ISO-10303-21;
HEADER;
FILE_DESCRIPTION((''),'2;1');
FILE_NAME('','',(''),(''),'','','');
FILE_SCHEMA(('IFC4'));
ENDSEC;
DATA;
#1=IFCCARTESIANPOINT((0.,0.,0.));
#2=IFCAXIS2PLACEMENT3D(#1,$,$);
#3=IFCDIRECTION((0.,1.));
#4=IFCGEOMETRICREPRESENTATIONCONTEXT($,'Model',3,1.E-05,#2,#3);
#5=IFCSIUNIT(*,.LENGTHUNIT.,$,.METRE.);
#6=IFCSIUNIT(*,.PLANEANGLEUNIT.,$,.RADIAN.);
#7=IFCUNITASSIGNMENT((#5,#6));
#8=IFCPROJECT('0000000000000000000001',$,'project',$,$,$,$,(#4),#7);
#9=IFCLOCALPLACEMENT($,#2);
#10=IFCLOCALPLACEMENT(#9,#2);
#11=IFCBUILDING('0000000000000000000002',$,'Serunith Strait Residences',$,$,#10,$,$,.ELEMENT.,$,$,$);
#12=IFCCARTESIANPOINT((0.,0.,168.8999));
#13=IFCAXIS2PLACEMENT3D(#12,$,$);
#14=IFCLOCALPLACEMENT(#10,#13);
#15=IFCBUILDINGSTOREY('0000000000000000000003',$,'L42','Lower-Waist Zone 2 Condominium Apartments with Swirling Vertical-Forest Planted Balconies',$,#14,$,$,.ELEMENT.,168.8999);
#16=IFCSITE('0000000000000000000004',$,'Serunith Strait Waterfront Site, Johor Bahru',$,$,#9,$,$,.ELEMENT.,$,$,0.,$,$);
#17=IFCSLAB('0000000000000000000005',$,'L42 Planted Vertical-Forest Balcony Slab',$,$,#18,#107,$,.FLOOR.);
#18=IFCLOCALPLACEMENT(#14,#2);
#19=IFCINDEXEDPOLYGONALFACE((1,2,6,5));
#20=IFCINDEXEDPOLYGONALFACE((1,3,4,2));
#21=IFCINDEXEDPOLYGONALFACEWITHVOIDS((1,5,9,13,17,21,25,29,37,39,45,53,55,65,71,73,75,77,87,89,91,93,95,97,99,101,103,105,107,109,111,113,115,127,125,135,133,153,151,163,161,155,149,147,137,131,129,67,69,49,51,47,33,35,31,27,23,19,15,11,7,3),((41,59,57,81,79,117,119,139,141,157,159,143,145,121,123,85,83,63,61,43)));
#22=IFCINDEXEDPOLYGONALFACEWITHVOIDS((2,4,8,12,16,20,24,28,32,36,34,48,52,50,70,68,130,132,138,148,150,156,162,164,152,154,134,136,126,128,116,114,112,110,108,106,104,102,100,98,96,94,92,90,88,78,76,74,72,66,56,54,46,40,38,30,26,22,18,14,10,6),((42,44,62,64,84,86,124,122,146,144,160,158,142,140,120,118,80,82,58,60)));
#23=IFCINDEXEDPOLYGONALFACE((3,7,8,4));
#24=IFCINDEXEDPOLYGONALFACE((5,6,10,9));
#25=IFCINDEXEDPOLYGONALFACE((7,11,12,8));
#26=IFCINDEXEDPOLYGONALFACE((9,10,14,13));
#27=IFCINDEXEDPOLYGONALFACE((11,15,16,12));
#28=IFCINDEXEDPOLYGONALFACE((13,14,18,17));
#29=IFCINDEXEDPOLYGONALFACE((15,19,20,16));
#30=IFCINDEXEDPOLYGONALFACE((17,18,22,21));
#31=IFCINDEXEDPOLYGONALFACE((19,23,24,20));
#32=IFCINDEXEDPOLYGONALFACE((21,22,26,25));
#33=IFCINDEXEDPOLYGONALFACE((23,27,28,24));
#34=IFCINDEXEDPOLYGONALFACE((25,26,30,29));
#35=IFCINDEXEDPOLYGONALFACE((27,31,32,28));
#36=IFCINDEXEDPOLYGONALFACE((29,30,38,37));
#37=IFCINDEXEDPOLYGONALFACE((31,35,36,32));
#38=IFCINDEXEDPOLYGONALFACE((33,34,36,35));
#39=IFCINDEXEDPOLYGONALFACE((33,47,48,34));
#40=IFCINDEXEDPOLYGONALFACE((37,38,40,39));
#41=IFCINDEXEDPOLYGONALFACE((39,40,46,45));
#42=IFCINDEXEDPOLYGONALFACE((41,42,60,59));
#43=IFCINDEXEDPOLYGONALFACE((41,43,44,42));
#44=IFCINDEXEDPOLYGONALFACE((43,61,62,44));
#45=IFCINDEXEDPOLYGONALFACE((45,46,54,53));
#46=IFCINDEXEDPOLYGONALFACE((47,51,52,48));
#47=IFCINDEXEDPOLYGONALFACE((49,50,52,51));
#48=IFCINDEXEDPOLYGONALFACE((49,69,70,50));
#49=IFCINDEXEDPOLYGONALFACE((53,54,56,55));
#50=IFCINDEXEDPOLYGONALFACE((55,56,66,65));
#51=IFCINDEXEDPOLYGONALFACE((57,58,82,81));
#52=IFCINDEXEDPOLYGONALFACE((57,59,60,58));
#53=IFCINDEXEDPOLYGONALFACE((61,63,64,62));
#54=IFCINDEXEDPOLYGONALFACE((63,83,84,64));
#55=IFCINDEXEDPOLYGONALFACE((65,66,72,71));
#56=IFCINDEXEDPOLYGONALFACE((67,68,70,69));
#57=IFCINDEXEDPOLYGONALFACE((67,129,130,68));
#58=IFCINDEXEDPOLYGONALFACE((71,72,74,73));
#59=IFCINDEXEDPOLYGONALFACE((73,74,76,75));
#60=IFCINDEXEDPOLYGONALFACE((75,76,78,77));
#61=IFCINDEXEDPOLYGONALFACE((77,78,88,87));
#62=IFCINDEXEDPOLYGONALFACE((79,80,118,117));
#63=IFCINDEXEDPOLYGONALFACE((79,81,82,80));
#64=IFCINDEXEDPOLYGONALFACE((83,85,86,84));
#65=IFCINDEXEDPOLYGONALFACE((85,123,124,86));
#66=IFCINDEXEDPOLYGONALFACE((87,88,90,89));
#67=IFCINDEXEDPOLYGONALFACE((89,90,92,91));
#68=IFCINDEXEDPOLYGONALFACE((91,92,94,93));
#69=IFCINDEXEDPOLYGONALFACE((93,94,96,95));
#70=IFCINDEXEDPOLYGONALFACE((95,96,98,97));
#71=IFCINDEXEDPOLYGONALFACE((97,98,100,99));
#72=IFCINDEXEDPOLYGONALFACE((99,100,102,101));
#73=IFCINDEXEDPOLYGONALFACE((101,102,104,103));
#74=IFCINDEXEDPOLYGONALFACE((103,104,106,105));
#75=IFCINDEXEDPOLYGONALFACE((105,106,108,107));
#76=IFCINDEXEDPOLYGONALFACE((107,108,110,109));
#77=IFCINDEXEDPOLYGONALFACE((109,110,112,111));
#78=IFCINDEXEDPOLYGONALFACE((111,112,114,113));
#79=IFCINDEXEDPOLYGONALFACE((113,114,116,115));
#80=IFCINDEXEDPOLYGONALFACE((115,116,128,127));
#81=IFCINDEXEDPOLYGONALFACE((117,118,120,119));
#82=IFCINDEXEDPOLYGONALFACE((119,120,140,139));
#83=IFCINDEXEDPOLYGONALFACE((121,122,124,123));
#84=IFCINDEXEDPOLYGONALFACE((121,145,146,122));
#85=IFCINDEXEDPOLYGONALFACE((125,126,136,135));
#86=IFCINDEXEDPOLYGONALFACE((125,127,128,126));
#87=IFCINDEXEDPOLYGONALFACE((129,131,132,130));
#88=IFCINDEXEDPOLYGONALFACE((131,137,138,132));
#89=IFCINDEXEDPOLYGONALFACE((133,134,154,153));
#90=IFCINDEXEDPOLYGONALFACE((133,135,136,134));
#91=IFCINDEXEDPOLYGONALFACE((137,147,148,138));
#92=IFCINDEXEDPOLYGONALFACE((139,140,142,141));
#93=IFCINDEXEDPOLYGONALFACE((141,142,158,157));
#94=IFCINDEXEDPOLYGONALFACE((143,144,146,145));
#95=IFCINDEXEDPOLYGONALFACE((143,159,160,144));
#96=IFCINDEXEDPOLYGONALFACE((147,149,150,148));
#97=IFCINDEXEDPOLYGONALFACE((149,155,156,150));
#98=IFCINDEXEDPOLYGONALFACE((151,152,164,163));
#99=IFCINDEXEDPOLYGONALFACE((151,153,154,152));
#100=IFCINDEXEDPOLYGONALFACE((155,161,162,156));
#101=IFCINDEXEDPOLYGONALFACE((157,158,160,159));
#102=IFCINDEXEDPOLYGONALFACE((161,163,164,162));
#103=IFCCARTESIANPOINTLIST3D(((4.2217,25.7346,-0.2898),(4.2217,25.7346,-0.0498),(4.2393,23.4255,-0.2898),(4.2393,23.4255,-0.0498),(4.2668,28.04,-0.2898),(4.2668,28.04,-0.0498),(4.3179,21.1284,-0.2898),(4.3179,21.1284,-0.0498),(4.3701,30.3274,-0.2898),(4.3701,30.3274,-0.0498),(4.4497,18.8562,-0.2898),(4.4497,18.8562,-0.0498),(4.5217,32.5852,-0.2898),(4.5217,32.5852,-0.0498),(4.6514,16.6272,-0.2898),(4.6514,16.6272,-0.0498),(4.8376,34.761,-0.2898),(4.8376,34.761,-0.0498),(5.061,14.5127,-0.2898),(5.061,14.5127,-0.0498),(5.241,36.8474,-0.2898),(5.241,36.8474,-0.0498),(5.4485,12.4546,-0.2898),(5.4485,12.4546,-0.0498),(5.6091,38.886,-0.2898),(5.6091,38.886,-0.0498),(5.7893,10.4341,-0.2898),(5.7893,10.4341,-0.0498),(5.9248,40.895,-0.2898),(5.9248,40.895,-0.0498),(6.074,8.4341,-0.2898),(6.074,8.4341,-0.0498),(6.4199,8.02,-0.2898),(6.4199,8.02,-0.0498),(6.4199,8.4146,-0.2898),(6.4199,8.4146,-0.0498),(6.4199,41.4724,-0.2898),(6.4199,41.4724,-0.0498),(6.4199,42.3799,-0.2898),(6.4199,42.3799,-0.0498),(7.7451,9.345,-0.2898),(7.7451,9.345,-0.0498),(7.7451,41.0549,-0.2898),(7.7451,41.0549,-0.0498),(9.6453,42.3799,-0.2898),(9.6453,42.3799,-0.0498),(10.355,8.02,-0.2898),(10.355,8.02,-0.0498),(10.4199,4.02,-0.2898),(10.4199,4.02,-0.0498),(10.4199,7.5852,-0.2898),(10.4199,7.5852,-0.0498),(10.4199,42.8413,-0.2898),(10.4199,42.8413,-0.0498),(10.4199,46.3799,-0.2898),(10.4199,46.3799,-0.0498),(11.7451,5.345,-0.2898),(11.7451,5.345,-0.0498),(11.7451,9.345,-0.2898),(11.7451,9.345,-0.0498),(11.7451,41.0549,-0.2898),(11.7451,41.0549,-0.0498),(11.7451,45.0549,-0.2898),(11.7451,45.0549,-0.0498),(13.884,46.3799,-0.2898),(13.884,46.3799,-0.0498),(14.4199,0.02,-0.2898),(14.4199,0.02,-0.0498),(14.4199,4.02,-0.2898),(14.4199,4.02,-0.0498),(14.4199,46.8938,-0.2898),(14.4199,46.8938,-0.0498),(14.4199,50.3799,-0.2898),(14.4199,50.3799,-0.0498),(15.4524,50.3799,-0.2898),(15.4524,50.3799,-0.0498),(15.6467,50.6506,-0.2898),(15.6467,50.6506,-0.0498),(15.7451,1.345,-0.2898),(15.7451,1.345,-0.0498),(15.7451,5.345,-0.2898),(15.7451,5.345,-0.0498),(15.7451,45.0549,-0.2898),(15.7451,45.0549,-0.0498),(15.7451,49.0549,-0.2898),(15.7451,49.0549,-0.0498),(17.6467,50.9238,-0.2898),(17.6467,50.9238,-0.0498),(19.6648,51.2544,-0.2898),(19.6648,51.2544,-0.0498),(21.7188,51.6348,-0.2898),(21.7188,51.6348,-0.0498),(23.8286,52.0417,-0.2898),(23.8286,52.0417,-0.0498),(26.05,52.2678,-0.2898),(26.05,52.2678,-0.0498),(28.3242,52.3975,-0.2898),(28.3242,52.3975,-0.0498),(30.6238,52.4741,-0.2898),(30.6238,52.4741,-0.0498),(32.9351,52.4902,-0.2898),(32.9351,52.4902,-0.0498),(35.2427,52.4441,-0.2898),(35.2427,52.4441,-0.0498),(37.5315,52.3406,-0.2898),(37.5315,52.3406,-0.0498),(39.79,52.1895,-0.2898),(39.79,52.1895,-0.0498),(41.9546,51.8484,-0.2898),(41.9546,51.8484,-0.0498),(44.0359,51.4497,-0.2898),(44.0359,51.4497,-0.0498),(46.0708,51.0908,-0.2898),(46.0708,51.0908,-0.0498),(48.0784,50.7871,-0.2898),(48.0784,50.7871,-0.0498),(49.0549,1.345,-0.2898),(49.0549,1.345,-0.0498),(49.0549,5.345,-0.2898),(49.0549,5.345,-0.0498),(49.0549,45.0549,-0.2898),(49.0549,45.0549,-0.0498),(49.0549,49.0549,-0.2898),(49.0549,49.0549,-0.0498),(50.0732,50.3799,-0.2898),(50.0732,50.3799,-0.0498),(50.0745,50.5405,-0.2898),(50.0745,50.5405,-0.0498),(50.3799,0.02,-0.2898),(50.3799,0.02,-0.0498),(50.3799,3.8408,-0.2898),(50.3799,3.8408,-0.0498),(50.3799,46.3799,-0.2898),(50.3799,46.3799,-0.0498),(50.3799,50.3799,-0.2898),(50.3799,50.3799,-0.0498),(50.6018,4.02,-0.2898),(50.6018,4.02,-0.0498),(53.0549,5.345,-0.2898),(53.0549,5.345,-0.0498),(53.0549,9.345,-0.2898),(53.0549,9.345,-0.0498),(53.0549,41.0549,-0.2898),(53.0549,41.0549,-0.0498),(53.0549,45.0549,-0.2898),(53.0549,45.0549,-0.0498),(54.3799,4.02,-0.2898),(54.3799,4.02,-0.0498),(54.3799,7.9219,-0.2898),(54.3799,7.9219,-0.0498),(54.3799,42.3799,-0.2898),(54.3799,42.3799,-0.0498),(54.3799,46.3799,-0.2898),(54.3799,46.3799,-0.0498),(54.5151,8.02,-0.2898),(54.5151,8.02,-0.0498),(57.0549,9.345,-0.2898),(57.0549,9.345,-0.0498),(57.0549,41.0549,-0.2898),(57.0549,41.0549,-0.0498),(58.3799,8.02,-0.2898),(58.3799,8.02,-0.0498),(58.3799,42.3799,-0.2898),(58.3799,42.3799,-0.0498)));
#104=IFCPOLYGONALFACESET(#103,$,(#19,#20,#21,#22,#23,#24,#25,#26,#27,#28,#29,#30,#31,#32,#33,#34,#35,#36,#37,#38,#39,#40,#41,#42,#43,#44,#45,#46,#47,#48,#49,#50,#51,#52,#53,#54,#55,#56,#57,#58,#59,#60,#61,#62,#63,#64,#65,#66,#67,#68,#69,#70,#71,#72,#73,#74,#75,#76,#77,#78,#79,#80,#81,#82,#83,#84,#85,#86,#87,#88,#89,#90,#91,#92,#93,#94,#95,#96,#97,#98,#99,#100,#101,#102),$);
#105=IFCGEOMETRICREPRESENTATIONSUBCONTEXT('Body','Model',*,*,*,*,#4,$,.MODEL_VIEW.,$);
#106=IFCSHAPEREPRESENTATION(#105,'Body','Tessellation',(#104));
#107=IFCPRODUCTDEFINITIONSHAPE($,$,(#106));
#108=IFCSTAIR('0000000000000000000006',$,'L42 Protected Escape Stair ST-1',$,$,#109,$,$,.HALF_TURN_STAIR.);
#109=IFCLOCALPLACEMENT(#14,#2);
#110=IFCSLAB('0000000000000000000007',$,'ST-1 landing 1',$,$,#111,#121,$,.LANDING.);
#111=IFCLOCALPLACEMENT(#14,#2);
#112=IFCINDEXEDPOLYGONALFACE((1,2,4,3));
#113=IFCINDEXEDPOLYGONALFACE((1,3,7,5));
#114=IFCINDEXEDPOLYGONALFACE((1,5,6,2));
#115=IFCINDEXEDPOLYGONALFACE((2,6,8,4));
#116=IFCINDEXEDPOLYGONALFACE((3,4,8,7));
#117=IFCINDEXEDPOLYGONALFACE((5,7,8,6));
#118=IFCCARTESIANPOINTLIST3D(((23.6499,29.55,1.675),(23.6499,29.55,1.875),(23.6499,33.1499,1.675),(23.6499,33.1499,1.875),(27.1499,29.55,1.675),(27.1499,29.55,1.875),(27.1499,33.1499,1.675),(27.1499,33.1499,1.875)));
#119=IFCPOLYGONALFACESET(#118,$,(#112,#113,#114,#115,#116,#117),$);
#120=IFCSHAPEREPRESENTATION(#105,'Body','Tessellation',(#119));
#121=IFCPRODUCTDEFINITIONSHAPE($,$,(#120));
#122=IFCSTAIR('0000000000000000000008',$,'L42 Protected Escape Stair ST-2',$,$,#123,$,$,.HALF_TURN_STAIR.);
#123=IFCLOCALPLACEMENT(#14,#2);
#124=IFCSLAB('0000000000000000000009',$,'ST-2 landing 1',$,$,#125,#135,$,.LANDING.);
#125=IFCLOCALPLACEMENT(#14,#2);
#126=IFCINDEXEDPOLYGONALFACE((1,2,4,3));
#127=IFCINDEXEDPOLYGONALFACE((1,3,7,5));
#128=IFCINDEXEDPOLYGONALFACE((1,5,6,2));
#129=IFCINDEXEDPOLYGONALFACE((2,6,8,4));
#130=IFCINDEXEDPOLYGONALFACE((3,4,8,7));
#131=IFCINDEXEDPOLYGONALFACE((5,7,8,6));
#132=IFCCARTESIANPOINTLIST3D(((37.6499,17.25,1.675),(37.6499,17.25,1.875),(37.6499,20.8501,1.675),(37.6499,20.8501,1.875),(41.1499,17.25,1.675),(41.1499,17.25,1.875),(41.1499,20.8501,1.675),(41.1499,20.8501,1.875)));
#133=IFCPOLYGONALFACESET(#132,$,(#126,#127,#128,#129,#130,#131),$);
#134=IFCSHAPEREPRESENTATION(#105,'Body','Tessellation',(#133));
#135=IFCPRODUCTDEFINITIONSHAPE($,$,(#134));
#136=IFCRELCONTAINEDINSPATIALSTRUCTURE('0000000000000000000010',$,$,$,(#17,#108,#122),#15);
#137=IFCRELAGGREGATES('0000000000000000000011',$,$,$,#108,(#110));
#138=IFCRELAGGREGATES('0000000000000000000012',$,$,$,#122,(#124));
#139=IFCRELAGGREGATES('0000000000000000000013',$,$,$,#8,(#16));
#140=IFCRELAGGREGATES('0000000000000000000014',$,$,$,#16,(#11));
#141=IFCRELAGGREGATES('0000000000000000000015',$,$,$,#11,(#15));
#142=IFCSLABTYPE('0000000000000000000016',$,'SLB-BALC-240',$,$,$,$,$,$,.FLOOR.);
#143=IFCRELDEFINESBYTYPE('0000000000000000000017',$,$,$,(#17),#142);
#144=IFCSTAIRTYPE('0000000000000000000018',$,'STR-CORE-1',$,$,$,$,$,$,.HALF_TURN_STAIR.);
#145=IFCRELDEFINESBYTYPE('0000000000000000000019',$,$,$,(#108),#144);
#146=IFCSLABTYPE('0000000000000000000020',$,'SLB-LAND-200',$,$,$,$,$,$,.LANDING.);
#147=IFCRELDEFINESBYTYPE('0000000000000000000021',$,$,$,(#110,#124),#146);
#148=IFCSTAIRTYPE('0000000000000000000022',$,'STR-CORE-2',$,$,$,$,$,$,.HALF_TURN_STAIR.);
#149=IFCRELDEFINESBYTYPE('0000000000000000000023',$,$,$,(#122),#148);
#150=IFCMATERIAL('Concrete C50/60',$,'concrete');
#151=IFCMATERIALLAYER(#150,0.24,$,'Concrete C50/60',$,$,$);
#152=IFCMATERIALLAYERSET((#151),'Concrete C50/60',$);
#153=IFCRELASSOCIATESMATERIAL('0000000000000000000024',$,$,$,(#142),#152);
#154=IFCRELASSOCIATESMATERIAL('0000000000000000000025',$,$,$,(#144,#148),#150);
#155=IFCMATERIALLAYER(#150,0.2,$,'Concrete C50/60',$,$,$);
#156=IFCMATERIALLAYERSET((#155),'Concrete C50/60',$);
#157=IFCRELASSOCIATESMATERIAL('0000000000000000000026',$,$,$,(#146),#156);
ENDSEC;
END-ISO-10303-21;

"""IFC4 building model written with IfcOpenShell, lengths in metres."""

from ifc_helpers import new_model, si_unit, direction, frame, origin, place, context, subcontext, project, spatial, polyline, outline, extrude, material, layer, layer_set, type_object, element, aggregate, save


model = new_model("IFC4")

# Units and contexts
model_context = context("Model", 3, precision=1e-05, world=origin(), true_north=direction((0.0, 1.0)))
body_context = subcontext(model_context, "Body", "Model", "MODEL_VIEW")
ifc_project = project(units=[si_unit("LENGTHUNIT", "METRE"), si_unit("PLANEANGLEUNIT", "RADIAN")], contexts=[model_context])

# Site, building, storey
site_placement = place(None, origin())
site = spatial("IfcSite", under=ifc_project, at=site_placement, Name="Serunith Strait Waterfront Site, Johor Bahru", CompositionType="ELEMENT", RefElevation=0.0)
building_placement = place(site_placement, origin())
building = spatial("IfcBuilding", under=site, at=building_placement, Name="Serunith Strait Residences", CompositionType="ELEMENT")
storey_placement = place(building_placement, frame((0.0, 0.0, 168.8999)))
storey = spatial("IfcBuildingStorey", under=building, at=storey_placement, Name="L42", Description="Lower-Waist Zone 2 Condominium Apartments with Swirling Vertical-Forest Planted Balconies", CompositionType="ELEMENT", Elevation=168.8999)

# Slab
ifc_material_1 = material(Name="Concrete C50/60", Category="concrete")
ifc_layer_1 = layer(ifc_material_1, 0.24, Name="Concrete C50/60")
ifc_layer_set_1 = layer_set([ifc_layer_1], Name="Concrete C50/60")
slab_type_1 = type_object("IfcSlabType", Name="SLB-BALC-240", PredefinedType="FLOOR", material=ifc_layer_set_1)
slab_1_placement = place(storey_placement, frame((0.0, 0.0, -0.2898)))
element("IfcSlab", 1, at=slab_1_placement, inside=storey, type_object=slab_type_1, Name="L42 Planted Vertical-Forest Balcony Slab", PredefinedType="FLOOR", context=body_context, shape_type="SweptSolid", body=[
    extrude(outline(polyline([(6.4199, 8.02), (6.4199, 8.4146), (6.074, 8.4341), (5.7893, 10.4341), (5.4485, 12.4546), (5.061, 14.5127), (4.6514, 16.6272), (4.4497, 18.8562), (4.3179, 21.1284), (4.2393, 23.4255), (4.2217, 25.7346), (4.2668, 28.04), (4.3701, 30.3274), (4.5217, 32.5852), (4.8376, 34.761), (5.241, 36.8474), (5.6091, 38.886), (5.9248, 40.895), (6.4199, 41.4724), (6.4199, 42.3799), (9.6453, 42.3799), (10.4199, 42.8413), (10.4199, 46.3799), (13.884, 46.3799), (14.4199, 46.8938), (14.4199, 50.3799), (15.4524, 50.3799), (15.6467, 50.6506), (17.6467, 50.9238), (19.6648, 51.2544), (21.7188, 51.6348), (23.8286, 52.0417), (26.05, 52.2678), (28.3242, 52.3975), (30.6238, 52.4741), (32.9351, 52.4902), (35.2427, 52.4441), (37.5315, 52.3406), (39.79, 52.1895), (41.9546, 51.8484), (44.0359, 51.4497), (46.0708, 51.0908), (48.0784, 50.7871), (50.0745, 50.5405), (50.0732, 50.3799), (50.3799, 50.3799), (50.3799, 46.3799), (54.3799, 46.3799), (54.3799, 42.3799), (58.3799, 42.3799), (58.3799, 8.02), (54.5151, 8.02), (54.3799, 7.9219), (54.3799, 4.02), (50.6018, 4.02), (50.3799, 3.8408), (50.3799, 0.02), (14.4199, 0.02), (14.4199, 4.02), (10.4199, 4.02), (10.4199, 7.5852), (10.355, 8.02), (6.4199, 8.02)]), holes=[polyline([(49.0549, 1.345), (49.0549, 5.345), (53.0549, 5.345), (53.0549, 9.345), (57.0549, 9.345), (57.0549, 41.0549), (53.0549, 41.0549), (53.0549, 45.0549), (49.0549, 45.0549), (49.0549, 49.0549), (15.7451, 49.0549), (15.7451, 45.0549), (11.7451, 45.0549), (11.7451, 41.0549), (7.7451, 41.0549), (7.7451, 9.345), (11.7451, 9.345), (11.7451, 5.345), (15.7451, 5.345), (15.7451, 1.345), (49.0549, 1.345)])]), origin(), (0.0, 0.0, 1.0), 0.24),
])

# Stairs, slabs
stair_type_1 = type_object("IfcStairType", Name="STR-CORE-1", PredefinedType="HALF_TURN_STAIR", material=ifc_material_1)
stair_1_placement = place(storey_placement, origin())
stair_1 = element("IfcStair", 2, at=stair_1_placement, inside=storey, type_object=stair_type_1, Name="L42 Protected Escape Stair ST-1", PredefinedType="HALF_TURN_STAIR")
ifc_layer_2 = layer(ifc_material_1, 0.2, Name="Concrete C50/60")
ifc_layer_set_2 = layer_set([ifc_layer_2], Name="Concrete C50/60")
slab_type_2 = type_object("IfcSlabType", Name="SLB-LAND-200", PredefinedType="LANDING", material=ifc_layer_set_2)
slab_2_placement = place(storey_placement, frame((0.0, 0.0, 1.675)))
slab_2 = element("IfcSlab", 3, at=slab_2_placement, type_object=slab_type_2, Name="ST-1 landing 1", PredefinedType="LANDING", context=body_context, shape_type="SweptSolid", body=[
    extrude(outline(polyline([(27.1499, 29.55), (27.1499, 33.1499), (23.6499, 33.1499), (23.6499, 29.55), (27.1499, 29.55)])), origin(), (0.0, 0.0, 1.0), 0.2),
])
aggregate(stair_1, [slab_2])
stair_type_2 = type_object("IfcStairType", Name="STR-CORE-2", PredefinedType="HALF_TURN_STAIR", material=ifc_material_1)
stair_2_placement = place(storey_placement, origin())
stair_2 = element("IfcStair", 4, at=stair_2_placement, inside=storey, type_object=stair_type_2, Name="L42 Protected Escape Stair ST-2", PredefinedType="HALF_TURN_STAIR")
slab_3_placement = place(storey_placement, frame((0.0, 0.0, 1.675)))
slab_3 = element("IfcSlab", 5, at=slab_3_placement, type_object=slab_type_2, Name="ST-2 landing 1", PredefinedType="LANDING", context=body_context, shape_type="SweptSolid", body=[
    extrude(outline(polyline([(37.6499, 20.8501), (37.6499, 17.25), (41.1499, 17.25), (41.1499, 20.8501), (37.6499, 20.8501)])), origin(), (0.0, 0.0, 1.0), 0.2),
])
aggregate(stair_2, [slab_3])

save(model, "model.ifc")
